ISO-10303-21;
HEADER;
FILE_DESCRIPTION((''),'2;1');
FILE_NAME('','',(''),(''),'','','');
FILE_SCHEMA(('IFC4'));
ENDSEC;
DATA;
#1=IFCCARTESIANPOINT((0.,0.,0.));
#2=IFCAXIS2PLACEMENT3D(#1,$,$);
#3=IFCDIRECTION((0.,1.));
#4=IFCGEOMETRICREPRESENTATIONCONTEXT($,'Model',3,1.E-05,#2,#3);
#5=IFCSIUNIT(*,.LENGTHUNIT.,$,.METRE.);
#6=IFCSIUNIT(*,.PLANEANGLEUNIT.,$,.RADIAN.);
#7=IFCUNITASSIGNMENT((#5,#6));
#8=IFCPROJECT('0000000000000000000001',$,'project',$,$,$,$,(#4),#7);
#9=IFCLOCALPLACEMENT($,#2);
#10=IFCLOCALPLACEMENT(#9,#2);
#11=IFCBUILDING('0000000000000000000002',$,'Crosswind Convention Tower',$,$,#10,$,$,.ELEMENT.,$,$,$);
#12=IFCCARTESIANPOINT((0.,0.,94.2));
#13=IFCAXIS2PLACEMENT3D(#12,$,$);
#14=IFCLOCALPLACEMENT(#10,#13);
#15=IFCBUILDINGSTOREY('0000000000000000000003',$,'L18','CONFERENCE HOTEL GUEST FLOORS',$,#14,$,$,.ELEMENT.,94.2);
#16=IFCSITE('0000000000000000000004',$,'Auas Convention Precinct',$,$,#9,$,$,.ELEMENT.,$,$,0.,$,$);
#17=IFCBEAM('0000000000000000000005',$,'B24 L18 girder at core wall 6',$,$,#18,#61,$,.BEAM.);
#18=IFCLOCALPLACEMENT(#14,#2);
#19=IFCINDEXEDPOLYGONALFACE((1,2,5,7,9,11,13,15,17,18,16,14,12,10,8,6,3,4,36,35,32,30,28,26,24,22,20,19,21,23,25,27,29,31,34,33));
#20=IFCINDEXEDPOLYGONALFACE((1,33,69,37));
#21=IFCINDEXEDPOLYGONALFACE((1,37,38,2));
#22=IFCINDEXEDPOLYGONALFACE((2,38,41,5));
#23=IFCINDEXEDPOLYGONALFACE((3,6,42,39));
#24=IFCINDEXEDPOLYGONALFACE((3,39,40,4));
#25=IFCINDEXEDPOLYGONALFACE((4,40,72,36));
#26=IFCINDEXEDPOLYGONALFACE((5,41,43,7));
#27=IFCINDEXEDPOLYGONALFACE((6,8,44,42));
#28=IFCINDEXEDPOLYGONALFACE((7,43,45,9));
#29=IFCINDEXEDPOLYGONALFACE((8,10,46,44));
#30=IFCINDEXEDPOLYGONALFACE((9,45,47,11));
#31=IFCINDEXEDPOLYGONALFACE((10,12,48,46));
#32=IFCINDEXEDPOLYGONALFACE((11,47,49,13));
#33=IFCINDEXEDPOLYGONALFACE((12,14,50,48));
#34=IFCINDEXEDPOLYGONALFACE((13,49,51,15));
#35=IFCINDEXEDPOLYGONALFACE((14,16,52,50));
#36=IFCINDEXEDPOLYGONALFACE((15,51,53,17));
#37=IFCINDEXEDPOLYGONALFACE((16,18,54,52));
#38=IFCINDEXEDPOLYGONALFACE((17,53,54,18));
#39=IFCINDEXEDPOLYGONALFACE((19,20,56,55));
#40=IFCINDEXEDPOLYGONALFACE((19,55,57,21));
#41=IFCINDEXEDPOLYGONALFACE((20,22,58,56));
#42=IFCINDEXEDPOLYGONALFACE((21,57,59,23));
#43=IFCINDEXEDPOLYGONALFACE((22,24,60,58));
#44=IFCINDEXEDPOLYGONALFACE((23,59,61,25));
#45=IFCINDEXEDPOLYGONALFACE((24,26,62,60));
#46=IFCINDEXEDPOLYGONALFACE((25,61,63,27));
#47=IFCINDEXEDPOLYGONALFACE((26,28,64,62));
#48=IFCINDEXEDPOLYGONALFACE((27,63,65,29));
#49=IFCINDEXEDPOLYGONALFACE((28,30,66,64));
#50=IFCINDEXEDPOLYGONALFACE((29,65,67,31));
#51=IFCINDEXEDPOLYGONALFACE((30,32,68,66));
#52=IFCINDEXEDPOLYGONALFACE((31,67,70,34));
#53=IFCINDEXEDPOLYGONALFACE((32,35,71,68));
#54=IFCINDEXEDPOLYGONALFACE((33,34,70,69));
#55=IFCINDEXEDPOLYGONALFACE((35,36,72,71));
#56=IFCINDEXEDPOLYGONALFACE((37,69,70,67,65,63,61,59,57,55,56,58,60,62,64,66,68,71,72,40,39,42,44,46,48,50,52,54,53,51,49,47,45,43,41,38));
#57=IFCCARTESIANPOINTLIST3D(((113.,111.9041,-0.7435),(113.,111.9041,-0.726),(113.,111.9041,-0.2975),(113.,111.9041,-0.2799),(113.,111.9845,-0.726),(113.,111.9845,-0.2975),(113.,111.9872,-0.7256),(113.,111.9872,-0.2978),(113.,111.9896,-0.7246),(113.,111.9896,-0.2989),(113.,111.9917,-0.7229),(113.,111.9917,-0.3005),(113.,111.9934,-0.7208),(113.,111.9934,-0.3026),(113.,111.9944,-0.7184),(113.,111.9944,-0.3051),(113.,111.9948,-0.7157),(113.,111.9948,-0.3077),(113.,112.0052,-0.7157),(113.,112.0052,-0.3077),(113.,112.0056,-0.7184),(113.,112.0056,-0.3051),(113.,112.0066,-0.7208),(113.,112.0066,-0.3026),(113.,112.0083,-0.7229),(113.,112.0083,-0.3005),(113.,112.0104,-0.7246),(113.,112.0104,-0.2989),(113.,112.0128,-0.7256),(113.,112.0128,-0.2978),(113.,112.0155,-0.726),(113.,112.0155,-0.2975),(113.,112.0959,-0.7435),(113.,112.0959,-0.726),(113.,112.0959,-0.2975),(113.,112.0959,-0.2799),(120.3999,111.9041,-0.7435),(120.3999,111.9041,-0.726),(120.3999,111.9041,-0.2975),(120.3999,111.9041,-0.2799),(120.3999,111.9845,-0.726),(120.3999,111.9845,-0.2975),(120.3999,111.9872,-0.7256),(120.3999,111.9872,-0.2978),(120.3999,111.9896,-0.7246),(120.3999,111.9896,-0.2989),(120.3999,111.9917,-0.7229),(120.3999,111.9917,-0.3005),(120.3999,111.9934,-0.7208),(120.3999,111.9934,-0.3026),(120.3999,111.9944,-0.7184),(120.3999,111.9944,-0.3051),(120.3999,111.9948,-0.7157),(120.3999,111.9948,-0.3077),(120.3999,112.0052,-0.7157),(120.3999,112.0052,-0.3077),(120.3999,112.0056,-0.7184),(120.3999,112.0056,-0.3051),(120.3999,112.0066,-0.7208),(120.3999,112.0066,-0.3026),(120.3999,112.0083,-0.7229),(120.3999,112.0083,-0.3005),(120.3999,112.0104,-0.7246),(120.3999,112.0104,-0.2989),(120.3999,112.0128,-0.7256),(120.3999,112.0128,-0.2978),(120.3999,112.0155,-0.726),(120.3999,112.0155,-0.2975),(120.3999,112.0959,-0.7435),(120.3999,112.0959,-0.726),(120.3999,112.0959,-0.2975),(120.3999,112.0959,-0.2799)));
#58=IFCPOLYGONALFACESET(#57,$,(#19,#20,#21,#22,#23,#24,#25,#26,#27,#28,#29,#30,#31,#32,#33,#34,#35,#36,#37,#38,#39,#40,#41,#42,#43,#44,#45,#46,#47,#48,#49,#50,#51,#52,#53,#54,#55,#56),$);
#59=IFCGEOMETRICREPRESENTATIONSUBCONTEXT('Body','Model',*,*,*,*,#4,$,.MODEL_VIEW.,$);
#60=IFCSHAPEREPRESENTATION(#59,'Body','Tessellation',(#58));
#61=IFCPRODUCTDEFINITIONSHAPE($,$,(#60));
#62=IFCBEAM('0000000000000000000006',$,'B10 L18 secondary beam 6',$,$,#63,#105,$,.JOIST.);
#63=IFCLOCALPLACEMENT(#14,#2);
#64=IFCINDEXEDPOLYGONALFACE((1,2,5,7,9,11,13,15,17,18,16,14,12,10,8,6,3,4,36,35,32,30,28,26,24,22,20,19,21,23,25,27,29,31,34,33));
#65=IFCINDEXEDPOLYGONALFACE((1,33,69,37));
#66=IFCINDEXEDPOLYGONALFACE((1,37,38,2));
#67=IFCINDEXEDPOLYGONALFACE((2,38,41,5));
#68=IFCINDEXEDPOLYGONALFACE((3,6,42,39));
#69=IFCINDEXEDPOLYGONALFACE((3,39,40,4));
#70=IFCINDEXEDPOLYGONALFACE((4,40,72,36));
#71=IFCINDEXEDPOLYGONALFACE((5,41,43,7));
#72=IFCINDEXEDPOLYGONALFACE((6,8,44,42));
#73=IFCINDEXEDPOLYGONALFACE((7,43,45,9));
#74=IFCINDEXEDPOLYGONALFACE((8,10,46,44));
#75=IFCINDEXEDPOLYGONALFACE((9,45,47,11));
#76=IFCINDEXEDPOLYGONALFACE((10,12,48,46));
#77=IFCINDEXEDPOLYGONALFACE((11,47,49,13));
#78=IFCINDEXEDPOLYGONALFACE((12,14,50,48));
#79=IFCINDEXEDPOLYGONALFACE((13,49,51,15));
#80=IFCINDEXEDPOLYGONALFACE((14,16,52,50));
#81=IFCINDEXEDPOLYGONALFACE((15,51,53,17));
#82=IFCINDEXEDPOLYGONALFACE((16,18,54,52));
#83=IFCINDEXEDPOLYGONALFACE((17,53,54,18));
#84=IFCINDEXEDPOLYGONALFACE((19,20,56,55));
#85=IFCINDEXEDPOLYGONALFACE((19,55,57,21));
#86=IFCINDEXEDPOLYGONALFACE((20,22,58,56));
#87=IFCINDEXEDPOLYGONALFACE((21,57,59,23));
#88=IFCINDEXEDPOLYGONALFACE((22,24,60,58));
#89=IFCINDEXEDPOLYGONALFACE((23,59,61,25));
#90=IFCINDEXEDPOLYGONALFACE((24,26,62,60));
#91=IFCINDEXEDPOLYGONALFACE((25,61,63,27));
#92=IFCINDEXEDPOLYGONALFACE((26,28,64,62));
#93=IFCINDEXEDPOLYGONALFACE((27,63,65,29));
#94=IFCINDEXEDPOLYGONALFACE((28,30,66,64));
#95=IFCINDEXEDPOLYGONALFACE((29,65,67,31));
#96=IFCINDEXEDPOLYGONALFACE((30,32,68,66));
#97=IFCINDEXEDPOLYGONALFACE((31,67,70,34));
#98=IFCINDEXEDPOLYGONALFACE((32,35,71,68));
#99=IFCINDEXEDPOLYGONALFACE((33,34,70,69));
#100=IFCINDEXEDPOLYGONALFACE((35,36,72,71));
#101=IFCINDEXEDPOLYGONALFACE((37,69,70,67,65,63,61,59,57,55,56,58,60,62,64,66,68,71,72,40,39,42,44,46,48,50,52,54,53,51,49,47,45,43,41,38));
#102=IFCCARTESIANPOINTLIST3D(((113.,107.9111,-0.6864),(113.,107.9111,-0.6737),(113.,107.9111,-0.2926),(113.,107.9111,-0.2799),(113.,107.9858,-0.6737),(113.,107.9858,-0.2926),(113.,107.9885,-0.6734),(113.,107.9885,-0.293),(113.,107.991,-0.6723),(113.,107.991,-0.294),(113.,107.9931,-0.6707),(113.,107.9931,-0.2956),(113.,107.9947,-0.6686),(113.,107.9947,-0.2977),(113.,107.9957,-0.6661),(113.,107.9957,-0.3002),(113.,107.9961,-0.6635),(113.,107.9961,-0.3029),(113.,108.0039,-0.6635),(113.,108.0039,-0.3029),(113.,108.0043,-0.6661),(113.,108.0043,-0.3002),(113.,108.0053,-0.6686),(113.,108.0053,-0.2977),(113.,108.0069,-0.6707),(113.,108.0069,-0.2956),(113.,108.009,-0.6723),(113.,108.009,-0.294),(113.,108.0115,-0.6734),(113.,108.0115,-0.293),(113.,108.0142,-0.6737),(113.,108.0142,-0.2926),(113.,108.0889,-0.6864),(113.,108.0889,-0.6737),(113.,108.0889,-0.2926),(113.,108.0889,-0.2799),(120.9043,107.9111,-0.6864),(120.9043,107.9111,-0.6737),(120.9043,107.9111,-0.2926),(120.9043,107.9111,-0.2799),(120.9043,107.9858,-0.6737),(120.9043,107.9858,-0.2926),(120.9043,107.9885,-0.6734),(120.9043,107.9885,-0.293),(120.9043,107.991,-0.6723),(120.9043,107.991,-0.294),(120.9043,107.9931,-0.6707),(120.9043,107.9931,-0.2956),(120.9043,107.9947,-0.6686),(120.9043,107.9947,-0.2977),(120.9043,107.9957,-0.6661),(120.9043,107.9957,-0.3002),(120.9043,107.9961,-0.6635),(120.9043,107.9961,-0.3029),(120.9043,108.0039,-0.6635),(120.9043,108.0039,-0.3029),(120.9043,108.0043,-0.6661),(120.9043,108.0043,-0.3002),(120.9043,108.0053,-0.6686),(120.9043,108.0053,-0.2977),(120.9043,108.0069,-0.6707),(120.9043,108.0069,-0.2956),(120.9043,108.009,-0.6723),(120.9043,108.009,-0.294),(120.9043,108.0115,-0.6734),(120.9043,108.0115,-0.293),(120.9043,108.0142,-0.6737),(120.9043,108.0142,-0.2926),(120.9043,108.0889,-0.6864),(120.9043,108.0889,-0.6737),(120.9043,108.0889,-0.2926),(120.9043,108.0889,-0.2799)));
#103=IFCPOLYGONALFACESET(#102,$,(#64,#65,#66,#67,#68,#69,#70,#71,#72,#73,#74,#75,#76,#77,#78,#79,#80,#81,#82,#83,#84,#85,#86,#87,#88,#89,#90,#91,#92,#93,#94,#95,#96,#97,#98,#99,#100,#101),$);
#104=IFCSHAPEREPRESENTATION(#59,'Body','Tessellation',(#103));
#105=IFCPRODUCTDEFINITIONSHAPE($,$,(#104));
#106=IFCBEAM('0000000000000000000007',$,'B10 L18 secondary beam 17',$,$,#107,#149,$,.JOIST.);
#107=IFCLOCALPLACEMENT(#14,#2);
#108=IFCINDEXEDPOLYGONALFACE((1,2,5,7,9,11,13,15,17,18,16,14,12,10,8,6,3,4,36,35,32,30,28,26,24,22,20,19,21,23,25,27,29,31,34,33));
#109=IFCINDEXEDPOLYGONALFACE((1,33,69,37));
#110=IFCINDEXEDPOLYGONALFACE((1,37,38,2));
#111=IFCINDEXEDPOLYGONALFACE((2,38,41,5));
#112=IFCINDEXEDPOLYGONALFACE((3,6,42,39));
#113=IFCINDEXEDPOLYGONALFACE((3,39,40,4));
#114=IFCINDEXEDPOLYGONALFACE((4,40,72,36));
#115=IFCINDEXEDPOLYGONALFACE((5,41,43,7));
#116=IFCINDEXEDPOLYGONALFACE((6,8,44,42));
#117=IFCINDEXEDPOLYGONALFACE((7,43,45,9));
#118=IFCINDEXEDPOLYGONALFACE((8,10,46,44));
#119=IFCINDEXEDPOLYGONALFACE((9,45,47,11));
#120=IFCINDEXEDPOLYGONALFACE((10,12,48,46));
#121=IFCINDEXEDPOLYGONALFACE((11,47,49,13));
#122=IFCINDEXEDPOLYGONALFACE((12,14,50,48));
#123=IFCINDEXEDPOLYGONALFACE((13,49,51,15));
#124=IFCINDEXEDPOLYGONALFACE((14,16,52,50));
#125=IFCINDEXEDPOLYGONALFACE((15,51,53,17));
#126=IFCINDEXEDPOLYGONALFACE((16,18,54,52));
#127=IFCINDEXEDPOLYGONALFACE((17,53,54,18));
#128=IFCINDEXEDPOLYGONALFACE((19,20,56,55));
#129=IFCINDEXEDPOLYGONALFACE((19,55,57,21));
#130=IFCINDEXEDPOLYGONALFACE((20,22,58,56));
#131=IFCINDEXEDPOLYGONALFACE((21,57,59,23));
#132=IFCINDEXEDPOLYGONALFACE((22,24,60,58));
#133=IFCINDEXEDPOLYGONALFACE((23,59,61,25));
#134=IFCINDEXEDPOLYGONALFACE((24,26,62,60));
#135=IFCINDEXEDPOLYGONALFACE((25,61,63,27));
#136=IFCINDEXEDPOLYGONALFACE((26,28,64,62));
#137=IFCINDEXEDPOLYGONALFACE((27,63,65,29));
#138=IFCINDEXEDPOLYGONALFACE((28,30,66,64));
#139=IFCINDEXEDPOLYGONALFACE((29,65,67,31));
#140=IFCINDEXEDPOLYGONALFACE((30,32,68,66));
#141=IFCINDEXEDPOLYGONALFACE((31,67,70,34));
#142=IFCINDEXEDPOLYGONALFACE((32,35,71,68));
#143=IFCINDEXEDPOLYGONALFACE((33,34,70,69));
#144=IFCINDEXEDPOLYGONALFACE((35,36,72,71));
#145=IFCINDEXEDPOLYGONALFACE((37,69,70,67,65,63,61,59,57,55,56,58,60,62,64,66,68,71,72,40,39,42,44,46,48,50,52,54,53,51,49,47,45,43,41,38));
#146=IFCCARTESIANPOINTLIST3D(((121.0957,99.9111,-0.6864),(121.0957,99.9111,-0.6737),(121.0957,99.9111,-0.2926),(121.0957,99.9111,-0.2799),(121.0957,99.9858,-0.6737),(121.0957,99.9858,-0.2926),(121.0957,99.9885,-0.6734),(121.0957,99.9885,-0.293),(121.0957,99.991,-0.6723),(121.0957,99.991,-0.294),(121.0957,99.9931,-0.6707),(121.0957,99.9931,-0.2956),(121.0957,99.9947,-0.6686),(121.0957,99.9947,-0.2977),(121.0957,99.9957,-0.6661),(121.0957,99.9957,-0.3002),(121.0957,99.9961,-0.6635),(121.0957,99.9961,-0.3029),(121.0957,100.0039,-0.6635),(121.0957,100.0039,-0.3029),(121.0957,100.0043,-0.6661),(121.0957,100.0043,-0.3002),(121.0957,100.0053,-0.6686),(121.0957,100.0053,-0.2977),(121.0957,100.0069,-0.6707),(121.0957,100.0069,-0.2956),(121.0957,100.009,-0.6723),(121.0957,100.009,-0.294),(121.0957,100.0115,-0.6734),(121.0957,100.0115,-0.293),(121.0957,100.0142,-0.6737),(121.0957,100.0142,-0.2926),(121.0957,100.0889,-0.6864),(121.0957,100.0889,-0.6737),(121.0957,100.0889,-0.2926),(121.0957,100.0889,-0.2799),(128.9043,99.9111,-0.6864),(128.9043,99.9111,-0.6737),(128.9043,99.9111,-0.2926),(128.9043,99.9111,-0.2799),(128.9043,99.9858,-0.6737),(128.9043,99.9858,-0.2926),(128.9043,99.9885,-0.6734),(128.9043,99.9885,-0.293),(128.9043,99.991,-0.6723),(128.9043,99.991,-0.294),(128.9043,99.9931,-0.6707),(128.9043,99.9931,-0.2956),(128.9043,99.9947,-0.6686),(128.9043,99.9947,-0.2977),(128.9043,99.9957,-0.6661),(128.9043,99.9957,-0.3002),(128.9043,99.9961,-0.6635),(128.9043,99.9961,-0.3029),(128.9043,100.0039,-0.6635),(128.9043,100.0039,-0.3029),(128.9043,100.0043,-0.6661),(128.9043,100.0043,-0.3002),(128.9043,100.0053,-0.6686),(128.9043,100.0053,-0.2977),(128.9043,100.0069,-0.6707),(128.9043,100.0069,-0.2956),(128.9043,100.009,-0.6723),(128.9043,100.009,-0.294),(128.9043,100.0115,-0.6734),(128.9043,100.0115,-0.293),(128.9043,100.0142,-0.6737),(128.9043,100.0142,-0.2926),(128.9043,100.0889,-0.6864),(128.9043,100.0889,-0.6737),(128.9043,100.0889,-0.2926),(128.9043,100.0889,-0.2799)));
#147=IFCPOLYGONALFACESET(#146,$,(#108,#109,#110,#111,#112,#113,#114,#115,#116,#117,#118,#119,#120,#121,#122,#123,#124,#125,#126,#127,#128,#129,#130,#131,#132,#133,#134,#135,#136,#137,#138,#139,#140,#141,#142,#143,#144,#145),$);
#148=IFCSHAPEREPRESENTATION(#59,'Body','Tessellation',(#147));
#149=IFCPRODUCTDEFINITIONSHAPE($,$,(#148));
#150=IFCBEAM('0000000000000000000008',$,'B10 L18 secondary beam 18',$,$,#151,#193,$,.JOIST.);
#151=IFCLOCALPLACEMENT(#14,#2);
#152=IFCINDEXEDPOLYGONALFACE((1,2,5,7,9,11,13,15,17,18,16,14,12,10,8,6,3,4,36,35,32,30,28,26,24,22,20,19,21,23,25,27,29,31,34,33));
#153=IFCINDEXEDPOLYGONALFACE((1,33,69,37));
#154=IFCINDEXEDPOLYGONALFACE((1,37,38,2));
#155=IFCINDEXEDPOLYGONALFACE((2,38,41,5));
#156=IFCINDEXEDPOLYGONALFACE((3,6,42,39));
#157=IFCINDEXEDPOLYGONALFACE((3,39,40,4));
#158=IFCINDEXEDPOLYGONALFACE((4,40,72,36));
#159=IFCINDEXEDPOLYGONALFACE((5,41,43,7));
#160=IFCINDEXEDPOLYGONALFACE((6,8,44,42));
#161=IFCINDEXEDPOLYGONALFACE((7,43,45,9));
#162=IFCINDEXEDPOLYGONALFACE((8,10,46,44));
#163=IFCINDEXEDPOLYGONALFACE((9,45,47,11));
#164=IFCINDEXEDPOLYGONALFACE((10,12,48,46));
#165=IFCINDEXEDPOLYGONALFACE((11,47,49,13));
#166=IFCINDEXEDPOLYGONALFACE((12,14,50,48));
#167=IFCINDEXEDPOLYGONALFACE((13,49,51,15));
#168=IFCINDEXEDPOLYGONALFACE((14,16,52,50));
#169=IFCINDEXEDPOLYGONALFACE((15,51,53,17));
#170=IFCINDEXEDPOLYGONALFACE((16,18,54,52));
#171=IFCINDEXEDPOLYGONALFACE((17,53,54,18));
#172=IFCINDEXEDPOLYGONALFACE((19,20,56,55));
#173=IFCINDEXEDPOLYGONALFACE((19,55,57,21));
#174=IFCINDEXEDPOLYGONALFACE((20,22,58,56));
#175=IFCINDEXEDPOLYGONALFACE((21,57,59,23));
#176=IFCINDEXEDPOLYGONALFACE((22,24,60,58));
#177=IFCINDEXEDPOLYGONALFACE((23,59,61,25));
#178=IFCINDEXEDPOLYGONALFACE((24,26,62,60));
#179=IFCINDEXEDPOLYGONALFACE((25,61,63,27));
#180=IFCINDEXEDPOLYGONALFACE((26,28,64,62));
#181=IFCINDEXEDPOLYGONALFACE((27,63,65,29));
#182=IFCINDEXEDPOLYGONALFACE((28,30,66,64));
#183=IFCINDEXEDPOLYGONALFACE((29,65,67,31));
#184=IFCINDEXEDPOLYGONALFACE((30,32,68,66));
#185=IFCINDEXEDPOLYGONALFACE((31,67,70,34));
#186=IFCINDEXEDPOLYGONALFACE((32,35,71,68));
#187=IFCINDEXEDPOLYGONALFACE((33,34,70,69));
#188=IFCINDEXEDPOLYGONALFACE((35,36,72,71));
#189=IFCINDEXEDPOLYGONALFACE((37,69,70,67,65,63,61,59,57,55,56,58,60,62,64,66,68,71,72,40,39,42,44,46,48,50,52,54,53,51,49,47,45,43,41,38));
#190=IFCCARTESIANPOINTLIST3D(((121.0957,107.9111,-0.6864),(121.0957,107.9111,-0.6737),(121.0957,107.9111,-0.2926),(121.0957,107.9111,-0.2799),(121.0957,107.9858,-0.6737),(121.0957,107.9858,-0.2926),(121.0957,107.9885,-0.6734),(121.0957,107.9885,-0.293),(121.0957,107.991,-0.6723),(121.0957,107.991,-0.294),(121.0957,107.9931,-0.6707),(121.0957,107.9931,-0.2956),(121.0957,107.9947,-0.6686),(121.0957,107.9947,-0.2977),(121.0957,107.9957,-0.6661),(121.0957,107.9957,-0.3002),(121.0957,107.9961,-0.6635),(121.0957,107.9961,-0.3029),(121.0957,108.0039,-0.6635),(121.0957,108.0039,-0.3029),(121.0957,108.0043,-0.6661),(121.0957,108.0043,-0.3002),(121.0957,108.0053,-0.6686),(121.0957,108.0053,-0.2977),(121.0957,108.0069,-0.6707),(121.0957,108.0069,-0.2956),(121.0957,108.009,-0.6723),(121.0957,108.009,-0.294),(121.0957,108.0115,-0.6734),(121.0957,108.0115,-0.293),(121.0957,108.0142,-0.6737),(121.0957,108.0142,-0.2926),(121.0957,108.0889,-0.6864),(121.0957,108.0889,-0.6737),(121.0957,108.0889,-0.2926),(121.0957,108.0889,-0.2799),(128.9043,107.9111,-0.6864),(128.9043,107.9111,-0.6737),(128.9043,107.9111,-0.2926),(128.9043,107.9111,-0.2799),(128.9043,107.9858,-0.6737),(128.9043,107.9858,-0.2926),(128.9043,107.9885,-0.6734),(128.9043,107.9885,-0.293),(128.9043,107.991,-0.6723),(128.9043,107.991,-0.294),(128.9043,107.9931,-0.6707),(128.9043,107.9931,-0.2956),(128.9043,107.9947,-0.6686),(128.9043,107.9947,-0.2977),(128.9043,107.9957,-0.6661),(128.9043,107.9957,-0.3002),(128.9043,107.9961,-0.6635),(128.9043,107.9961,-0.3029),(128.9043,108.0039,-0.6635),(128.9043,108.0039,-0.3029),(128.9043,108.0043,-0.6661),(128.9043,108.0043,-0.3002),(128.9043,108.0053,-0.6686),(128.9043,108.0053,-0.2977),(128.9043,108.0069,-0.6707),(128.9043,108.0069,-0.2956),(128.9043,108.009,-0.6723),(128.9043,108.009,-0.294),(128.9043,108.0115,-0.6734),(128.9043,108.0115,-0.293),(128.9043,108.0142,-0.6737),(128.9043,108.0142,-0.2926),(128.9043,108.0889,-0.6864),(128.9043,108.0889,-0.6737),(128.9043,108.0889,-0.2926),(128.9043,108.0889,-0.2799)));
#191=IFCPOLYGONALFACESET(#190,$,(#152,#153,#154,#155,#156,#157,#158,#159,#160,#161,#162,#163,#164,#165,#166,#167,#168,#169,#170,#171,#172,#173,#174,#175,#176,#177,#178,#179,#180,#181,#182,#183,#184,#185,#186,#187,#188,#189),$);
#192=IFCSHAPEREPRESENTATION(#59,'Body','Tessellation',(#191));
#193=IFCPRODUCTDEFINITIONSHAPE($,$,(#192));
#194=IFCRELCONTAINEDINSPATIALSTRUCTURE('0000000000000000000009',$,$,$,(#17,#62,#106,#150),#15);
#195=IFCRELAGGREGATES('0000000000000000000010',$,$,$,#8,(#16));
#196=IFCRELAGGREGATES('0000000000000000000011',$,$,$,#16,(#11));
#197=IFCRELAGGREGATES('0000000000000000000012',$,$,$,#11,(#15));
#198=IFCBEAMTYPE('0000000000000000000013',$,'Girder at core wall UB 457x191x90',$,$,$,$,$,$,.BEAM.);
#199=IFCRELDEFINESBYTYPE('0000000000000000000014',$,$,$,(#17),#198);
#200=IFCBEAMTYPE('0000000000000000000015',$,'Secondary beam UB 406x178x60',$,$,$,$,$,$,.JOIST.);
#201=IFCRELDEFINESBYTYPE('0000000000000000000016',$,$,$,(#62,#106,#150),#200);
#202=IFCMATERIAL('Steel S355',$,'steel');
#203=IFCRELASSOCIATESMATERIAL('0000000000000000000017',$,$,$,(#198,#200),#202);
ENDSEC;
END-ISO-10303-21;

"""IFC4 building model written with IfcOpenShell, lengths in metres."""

from ifc_helpers import new_model, si_unit, direction, frame, origin, origin_2d, place, context, subcontext, project, spatial, i_section, extrude, material, material_profile, profile_set, type_object, element, save


model = new_model("IFC4")

# Units and contexts
model_context = context("Model", 3, precision=1e-05, world=origin(), true_north=direction((0.0, 1.0)))
body_context = subcontext(model_context, "Body", "Model", "MODEL_VIEW")
ifc_project = project(units=[si_unit("LENGTHUNIT", "METRE"), si_unit("PLANEANGLEUNIT", "RADIAN")], contexts=[model_context])

# Site, building, storey
site_placement = place(None, origin())
site = spatial("IfcSite", under=ifc_project, at=site_placement, Name="Auas Convention Precinct", CompositionType="ELEMENT", RefElevation=0.0)
building_placement = place(site_placement, origin())
building = spatial("IfcBuilding", under=site, at=building_placement, Name="Crosswind Convention Tower", CompositionType="ELEMENT")
storey_placement = place(building_placement, frame((0.0, 0.0, 94.2)))
storey = spatial("IfcBuildingStorey", under=building, at=storey_placement, Name="L18", Description="CONFERENCE HOTEL GUEST FLOORS", CompositionType="ELEMENT", Elevation=94.2)

# Beams
ifc_material_1 = material(Name="Steel S355", Category="steel")
ifc_material_profile_1 = material_profile(ifc_material_1, i_section(OverallWidth=0.1919, OverallDepth=0.4636, WebThickness=0.0105, FlangeThickness=0.0176, FilletRadius=0.0103, at=origin_2d()), Name="UB 457x191x90")
ifc_profile_set_1 = profile_set([ifc_material_profile_1], Name="Steel S355")
beam_type_1 = type_object("IfcBeamType", Name="Girder at core wall UB 457x191x90", PredefinedType="BEAM", material=ifc_profile_set_1)
beam_1_placement = place(storey_placement, frame((113.0, 112.0, -0.5117), z_axis=(1.0, 0.0, 0.0), x_axis=(0.0, 1.0, 0.0)))
element("IfcBeam", 1, at=beam_1_placement, inside=storey, type_object=beam_type_1, Name="B24 L18 girder at core wall 6", PredefinedType="BEAM", context=body_context, shape_type="SweptSolid", body=[
    extrude(i_section(OverallWidth=0.1919, OverallDepth=0.4636, WebThickness=0.0105, FlangeThickness=0.0176, FilletRadius=0.0103, at=origin_2d()), origin(), (0.0, 0.0, 1.0), 7.3999),
])
ifc_material_profile_2 = material_profile(ifc_material_1, i_section(OverallWidth=0.1777, OverallDepth=0.4065, WebThickness=0.0078, FlangeThickness=0.0127, FilletRadius=0.0103, at=origin_2d()), Name="UB 406x178x60")
ifc_profile_set_2 = profile_set([ifc_material_profile_2], Name="Steel S355")
beam_type_2 = type_object("IfcBeamType", Name="Secondary beam UB 406x178x60", PredefinedType="JOIST", material=ifc_profile_set_2)
beam_2_placement = place(storey_placement, frame((113.0, 108.0, -0.4832), z_axis=(1.0, 0.0, 0.0), x_axis=(0.0, 1.0, 0.0)))
element("IfcBeam", 2, at=beam_2_placement, inside=storey, type_object=beam_type_2, Name="B10 L18 secondary beam 6", PredefinedType="JOIST", context=body_context, shape_type="SweptSolid", body=[
    extrude(i_section(OverallWidth=0.1777, OverallDepth=0.4065, WebThickness=0.0078, FlangeThickness=0.0127, FilletRadius=0.0103, at=origin_2d()), origin(), (0.0, 0.0, 1.0), 7.9043),
])
for number, where, z_axis, x_axis, name in (
    (3, (121.0957, 100.0, -0.4832), (1.0, 0.0, 0.0), (0.0, 1.0, 0.0), "B10 L18 secondary beam 17"),
    (4, (121.0957, 108.0, -0.4832), (1.0, 0.0, 0.0), (0.0, 1.0, 0.0), "B10 L18 secondary beam 18"),
):
    element("IfcBeam", number, at=place(storey_placement, frame(where, z_axis=z_axis, x_axis=x_axis)), inside=storey, type_object=beam_type_2, Name=name, PredefinedType="JOIST", context=body_context, shape_type="SweptSolid", body=[
        extrude(i_section(OverallWidth=0.1777, OverallDepth=0.4065, WebThickness=0.0078, FlangeThickness=0.0127, FilletRadius=0.0103, at=origin_2d()), origin(), (0.0, 0.0, 1.0), 7.8086),
    ])

save(model, "model.ifc")
